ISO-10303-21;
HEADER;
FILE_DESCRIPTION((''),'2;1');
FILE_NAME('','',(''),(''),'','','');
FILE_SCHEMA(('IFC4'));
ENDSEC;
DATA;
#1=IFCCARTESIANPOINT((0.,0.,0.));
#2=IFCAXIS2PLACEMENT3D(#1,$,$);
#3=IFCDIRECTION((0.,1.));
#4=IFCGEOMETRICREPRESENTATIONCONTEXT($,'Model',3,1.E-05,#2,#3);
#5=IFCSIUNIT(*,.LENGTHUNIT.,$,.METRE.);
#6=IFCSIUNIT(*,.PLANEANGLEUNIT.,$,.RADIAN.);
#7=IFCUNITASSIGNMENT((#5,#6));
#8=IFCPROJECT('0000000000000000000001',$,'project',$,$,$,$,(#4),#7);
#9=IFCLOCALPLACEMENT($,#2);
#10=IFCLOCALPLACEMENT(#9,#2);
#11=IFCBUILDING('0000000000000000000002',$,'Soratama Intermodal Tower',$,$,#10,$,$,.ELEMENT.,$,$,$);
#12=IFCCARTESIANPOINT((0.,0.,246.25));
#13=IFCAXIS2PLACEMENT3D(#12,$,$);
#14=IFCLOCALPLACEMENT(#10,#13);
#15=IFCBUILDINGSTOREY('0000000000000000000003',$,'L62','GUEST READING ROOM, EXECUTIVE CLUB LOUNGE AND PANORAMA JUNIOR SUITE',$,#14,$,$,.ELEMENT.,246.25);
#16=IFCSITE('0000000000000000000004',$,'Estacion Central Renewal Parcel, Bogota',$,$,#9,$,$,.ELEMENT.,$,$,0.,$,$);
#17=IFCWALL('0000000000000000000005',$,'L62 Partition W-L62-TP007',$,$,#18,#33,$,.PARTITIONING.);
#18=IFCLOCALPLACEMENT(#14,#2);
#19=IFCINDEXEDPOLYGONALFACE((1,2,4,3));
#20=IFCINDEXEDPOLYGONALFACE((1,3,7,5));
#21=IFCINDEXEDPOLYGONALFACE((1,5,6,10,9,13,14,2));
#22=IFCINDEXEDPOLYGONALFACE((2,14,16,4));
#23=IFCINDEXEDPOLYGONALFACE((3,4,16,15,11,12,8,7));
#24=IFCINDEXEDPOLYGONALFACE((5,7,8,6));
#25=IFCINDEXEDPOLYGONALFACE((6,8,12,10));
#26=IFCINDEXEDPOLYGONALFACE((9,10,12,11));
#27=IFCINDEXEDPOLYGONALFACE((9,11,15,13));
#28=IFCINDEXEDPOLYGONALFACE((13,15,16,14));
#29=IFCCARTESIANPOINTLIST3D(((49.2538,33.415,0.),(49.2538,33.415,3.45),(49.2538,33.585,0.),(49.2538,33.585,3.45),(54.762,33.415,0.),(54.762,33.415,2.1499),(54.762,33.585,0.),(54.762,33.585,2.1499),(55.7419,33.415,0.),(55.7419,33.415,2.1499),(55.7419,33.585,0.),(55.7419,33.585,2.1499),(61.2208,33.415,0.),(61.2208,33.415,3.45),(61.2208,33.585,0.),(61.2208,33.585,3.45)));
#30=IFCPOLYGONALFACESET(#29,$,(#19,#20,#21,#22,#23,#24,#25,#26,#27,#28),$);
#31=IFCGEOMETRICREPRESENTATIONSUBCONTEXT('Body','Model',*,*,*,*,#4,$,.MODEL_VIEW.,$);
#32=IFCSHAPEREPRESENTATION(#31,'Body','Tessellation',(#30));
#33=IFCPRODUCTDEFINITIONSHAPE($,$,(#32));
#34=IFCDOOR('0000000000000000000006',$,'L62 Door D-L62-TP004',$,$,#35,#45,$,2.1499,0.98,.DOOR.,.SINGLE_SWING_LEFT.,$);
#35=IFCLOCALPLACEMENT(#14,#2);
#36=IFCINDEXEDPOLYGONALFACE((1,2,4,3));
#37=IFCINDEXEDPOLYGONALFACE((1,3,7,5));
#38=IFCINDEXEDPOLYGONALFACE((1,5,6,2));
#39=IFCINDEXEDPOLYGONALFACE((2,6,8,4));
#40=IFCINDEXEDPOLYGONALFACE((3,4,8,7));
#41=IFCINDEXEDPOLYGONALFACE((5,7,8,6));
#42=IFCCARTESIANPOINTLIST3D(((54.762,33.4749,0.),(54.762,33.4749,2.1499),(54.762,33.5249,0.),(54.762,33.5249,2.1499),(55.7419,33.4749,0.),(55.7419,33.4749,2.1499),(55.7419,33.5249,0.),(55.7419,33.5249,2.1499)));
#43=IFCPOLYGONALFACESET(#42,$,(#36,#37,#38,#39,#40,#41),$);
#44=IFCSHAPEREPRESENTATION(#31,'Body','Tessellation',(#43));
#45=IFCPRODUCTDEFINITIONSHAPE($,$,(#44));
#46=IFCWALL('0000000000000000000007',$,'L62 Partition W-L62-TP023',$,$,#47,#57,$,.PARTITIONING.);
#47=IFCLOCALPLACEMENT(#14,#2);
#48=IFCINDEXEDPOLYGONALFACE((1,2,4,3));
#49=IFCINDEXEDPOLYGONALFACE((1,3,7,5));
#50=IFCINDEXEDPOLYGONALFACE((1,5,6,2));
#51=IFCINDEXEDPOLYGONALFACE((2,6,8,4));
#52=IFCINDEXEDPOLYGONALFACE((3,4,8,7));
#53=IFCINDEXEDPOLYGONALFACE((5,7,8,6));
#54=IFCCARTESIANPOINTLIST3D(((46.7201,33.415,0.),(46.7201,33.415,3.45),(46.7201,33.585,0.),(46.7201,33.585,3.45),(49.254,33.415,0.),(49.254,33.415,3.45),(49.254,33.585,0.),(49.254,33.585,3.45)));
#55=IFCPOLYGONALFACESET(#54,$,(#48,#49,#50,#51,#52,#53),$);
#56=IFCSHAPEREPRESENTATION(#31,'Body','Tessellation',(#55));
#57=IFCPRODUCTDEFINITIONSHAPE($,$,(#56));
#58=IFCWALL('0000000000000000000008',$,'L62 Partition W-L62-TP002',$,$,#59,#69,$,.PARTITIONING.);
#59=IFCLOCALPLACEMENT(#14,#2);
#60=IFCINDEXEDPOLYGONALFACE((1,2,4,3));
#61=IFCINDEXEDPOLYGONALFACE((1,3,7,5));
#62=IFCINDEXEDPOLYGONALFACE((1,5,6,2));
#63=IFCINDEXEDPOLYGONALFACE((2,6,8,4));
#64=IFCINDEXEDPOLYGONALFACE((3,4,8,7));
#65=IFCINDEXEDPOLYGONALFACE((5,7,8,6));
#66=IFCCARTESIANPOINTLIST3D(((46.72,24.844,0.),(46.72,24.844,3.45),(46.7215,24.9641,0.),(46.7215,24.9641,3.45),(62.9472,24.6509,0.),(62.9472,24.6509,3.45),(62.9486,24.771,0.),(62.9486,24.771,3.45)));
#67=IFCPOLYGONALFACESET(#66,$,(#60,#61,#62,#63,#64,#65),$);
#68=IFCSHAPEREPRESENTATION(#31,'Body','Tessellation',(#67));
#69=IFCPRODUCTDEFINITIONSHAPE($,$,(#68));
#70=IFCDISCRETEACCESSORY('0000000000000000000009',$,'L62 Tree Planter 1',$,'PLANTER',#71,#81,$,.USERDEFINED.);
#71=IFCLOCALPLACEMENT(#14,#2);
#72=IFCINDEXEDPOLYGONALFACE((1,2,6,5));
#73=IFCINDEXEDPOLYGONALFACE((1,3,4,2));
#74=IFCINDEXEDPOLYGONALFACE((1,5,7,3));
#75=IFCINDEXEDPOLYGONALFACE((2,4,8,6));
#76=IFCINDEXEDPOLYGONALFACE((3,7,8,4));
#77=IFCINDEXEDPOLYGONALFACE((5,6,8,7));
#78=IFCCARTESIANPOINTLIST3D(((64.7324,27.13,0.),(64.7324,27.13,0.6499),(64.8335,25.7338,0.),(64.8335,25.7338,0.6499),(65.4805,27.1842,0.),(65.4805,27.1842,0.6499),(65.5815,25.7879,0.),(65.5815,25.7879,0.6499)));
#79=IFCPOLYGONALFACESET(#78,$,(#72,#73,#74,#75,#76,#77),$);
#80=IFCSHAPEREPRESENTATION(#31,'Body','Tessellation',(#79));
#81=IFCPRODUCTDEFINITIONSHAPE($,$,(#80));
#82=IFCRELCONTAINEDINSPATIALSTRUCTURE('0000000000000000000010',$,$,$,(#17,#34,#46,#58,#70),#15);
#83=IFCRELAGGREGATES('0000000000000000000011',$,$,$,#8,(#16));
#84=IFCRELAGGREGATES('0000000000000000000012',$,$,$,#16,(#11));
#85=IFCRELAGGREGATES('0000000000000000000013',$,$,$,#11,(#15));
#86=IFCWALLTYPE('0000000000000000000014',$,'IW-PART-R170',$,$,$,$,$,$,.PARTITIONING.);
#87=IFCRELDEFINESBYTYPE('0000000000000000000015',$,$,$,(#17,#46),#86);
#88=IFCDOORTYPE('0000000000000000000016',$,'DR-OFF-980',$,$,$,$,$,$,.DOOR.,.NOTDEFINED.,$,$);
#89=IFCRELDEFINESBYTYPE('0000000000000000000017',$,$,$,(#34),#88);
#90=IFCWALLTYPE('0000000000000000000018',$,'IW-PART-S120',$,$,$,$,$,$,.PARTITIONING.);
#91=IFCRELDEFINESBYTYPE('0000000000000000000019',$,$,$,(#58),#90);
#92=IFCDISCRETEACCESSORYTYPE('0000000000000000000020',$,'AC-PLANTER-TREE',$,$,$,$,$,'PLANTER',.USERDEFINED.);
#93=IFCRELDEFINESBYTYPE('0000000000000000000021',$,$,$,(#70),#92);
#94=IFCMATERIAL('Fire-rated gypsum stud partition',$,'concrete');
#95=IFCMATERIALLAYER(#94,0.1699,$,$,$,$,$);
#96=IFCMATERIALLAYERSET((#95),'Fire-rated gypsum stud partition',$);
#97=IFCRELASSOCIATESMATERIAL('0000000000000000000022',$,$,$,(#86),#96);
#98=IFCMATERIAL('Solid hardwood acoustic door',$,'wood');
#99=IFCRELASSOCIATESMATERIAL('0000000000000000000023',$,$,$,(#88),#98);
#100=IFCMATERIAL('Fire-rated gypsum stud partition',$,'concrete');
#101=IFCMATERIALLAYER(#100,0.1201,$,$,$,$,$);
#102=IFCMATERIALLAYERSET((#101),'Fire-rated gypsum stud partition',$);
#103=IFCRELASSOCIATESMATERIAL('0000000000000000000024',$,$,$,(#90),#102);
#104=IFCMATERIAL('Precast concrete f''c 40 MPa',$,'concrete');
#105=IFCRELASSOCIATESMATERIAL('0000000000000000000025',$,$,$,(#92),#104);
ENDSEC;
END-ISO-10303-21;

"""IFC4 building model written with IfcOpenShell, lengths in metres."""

from ifc_helpers import new_model, si_unit, direction, frame, frame_2d, origin, origin_2d, place, context, subcontext, project, spatial, rectangle, extrude, material, layer, layer_set, type_object, element, fill, save


model = new_model("IFC4")

# Units and contexts
model_context = context("Model", 3, precision=1e-05, world=origin(), true_north=direction((0.0, 1.0)))
body_context = subcontext(model_context, "Body", "Model", "MODEL_VIEW")
ifc_project = project(units=[si_unit("LENGTHUNIT", "METRE"), si_unit("PLANEANGLEUNIT", "RADIAN")], contexts=[model_context])

# Site, building, storey
site_placement = place(None, origin())
site = spatial("IfcSite", under=ifc_project, at=site_placement, Name="Estacion Central Renewal Parcel, Bogota", CompositionType="ELEMENT", RefElevation=0.0)
building_placement = place(site_placement, origin())
building = spatial("IfcBuilding", under=site, at=building_placement, Name="Soratama Intermodal Tower", CompositionType="ELEMENT")
storey_placement = place(building_placement, frame((0.0, 0.0, 246.25)))
storey = spatial("IfcBuildingStorey", under=building, at=storey_placement, Name="L62", Description="GUEST READING ROOM, EXECUTIVE CLUB LOUNGE AND PANORAMA JUNIOR SUITE", CompositionType="ELEMENT", Elevation=246.25)

# Wall, opening, door
ifc_material_1 = material(Name="Fire-rated gypsum stud partition", Category="concrete")
ifc_layer_1 = layer(ifc_material_1, 0.1699)
ifc_layer_set_1 = layer_set([ifc_layer_1], Name="Fire-rated gypsum stud partition")
wall_type_1 = type_object("IfcWallType", Name="IW-PART-R170", PredefinedType="PARTITIONING", material=ifc_layer_set_1)
ifc_material_2 = material(Name="Solid hardwood acoustic door", Category="wood")
door_type = type_object("IfcDoorType", Name="DR-OFF-980", OperationType="NOTDEFINED", PredefinedType="DOOR", material=ifc_material_2)
wall_1_placement = place(storey_placement, frame((49.2539, 33.5, 0.0), z_axis=(0.0, 0.0, 1.0), x_axis=(1.0, 0.0, 0.0)))
wall_1 = element("IfcWall", 1, at=wall_1_placement, inside=storey, type_object=wall_type_1, Name="L62 Partition W-L62-TP007", PredefinedType="PARTITIONING", context=body_context, shape_type="SweptSolid", body=[
    extrude(rectangle(XDim=11.967, YDim=0.1699, at=frame_2d((5.9834, 0.0))), origin(), (0.0, 0.0, 1.0), 3.45),
])
opening_1_placement = place(wall_1_placement, frame((5.5081, 0.0, 0.0)))
opening_1 = element("IfcOpeningElement", 2, at=opening_1_placement, cuts=wall_1, PredefinedType="OPENING", context=body_context, shape_type="SweptSolid", body=[
    extrude(rectangle(XDim=0.98, YDim=2.1499, at=frame_2d((0.49, 1.075))), frame((0.0, 0.095, 0.0), z_axis=(0.0, -1.0, 0.0), x_axis=(1.0, 0.0, 0.0)), (0.0, 0.0, 1.0), 0.1899),
])
door_1_placement = place(opening_1_placement, origin())
door_1 = element("IfcDoor", 3, at=door_1_placement, inside=storey, type_object=door_type, Name="L62 Door D-L62-TP004", OperationType="SINGLE_SWING_LEFT", OverallHeight=2.1499, OverallWidth=0.98, PredefinedType="DOOR", context=body_context, shape_type="SweptSolid", body=[
    extrude(rectangle(XDim=0.98, YDim=2.1499, at=frame_2d((0.49, 1.075))), frame((0.0, 0.0249, 0.0), z_axis=(0.0, -1.0, 0.0), x_axis=(1.0, 0.0, 0.0)), (0.0, 0.0, 1.0), 0.05),
])
fill(opening_1, door_1)

# Walls
wall_2_placement = place(storey_placement, frame((46.72, 33.5, 0.0), z_axis=(0.0, 0.0, 1.0), x_axis=(1.0, 0.0, 0.0)))
element("IfcWall", 4, at=wall_2_placement, inside=storey, type_object=wall_type_1, Name="L62 Partition W-L62-TP023", PredefinedType="PARTITIONING", context=body_context, shape_type="SweptSolid", body=[
    extrude(rectangle(XDim=2.5339, YDim=0.1699, at=frame_2d((1.2671, 0.0))), origin(), (0.0, 0.0, 1.0), 3.45),
])
ifc_material_3 = material(Name="Fire-rated gypsum stud partition", Category="concrete")
ifc_layer_2 = layer(ifc_material_3, 0.1201)
ifc_layer_set_2 = layer_set([ifc_layer_2], Name="Fire-rated gypsum stud partition")
wall_type_2 = type_object("IfcWallType", Name="IW-PART-S120", PredefinedType="PARTITIONING", material=ifc_layer_set_2)
wall_3_placement = place(storey_placement, frame((62.948, 24.7109, 0.0), z_axis=(0.0, 0.0, 1.0), x_axis=(-0.999929, 0.0119, 0.0)))
element("IfcWall", 5, at=wall_3_placement, inside=storey, type_object=wall_type_2, Name="L62 Partition W-L62-TP002", PredefinedType="PARTITIONING", context=body_context, shape_type="SweptSolid", body=[
    extrude(rectangle(XDim=16.2283, YDim=0.1201, at=frame_2d((8.1143, 0.0))), origin(), (0.0, 0.0, 1.0), 3.45),
])

# Discrete accessory
ifc_material_4 = material(Name="Precast concrete f'c 40 MPa", Category="concrete")
discrete_accessory_type = type_object("IfcDiscreteAccessoryType", Name="AC-PLANTER-TREE", ElementType="PLANTER", PredefinedType="USERDEFINED", material=ifc_material_4)
discrete_accessory_placement = place(storey_placement, frame((65.157, 26.459, 0.0), z_axis=(0.0, 0.0, 1.0), x_axis=(0.997391, 0.072194, 0.0)))
element("IfcDiscreteAccessory", 6, at=discrete_accessory_placement, inside=storey, type_object=discrete_accessory_type, Name="L62 Tree Planter 1", ObjectType="PLANTER", PredefinedType="USERDEFINED", context=body_context, shape_type="SweptSolid", body=[
    extrude(rectangle(XDim=0.75, YDim=1.3999, at=origin_2d()), origin(), (0.0, 0.0, 1.0), 0.6499),
])

save(model, "model.ifc")
